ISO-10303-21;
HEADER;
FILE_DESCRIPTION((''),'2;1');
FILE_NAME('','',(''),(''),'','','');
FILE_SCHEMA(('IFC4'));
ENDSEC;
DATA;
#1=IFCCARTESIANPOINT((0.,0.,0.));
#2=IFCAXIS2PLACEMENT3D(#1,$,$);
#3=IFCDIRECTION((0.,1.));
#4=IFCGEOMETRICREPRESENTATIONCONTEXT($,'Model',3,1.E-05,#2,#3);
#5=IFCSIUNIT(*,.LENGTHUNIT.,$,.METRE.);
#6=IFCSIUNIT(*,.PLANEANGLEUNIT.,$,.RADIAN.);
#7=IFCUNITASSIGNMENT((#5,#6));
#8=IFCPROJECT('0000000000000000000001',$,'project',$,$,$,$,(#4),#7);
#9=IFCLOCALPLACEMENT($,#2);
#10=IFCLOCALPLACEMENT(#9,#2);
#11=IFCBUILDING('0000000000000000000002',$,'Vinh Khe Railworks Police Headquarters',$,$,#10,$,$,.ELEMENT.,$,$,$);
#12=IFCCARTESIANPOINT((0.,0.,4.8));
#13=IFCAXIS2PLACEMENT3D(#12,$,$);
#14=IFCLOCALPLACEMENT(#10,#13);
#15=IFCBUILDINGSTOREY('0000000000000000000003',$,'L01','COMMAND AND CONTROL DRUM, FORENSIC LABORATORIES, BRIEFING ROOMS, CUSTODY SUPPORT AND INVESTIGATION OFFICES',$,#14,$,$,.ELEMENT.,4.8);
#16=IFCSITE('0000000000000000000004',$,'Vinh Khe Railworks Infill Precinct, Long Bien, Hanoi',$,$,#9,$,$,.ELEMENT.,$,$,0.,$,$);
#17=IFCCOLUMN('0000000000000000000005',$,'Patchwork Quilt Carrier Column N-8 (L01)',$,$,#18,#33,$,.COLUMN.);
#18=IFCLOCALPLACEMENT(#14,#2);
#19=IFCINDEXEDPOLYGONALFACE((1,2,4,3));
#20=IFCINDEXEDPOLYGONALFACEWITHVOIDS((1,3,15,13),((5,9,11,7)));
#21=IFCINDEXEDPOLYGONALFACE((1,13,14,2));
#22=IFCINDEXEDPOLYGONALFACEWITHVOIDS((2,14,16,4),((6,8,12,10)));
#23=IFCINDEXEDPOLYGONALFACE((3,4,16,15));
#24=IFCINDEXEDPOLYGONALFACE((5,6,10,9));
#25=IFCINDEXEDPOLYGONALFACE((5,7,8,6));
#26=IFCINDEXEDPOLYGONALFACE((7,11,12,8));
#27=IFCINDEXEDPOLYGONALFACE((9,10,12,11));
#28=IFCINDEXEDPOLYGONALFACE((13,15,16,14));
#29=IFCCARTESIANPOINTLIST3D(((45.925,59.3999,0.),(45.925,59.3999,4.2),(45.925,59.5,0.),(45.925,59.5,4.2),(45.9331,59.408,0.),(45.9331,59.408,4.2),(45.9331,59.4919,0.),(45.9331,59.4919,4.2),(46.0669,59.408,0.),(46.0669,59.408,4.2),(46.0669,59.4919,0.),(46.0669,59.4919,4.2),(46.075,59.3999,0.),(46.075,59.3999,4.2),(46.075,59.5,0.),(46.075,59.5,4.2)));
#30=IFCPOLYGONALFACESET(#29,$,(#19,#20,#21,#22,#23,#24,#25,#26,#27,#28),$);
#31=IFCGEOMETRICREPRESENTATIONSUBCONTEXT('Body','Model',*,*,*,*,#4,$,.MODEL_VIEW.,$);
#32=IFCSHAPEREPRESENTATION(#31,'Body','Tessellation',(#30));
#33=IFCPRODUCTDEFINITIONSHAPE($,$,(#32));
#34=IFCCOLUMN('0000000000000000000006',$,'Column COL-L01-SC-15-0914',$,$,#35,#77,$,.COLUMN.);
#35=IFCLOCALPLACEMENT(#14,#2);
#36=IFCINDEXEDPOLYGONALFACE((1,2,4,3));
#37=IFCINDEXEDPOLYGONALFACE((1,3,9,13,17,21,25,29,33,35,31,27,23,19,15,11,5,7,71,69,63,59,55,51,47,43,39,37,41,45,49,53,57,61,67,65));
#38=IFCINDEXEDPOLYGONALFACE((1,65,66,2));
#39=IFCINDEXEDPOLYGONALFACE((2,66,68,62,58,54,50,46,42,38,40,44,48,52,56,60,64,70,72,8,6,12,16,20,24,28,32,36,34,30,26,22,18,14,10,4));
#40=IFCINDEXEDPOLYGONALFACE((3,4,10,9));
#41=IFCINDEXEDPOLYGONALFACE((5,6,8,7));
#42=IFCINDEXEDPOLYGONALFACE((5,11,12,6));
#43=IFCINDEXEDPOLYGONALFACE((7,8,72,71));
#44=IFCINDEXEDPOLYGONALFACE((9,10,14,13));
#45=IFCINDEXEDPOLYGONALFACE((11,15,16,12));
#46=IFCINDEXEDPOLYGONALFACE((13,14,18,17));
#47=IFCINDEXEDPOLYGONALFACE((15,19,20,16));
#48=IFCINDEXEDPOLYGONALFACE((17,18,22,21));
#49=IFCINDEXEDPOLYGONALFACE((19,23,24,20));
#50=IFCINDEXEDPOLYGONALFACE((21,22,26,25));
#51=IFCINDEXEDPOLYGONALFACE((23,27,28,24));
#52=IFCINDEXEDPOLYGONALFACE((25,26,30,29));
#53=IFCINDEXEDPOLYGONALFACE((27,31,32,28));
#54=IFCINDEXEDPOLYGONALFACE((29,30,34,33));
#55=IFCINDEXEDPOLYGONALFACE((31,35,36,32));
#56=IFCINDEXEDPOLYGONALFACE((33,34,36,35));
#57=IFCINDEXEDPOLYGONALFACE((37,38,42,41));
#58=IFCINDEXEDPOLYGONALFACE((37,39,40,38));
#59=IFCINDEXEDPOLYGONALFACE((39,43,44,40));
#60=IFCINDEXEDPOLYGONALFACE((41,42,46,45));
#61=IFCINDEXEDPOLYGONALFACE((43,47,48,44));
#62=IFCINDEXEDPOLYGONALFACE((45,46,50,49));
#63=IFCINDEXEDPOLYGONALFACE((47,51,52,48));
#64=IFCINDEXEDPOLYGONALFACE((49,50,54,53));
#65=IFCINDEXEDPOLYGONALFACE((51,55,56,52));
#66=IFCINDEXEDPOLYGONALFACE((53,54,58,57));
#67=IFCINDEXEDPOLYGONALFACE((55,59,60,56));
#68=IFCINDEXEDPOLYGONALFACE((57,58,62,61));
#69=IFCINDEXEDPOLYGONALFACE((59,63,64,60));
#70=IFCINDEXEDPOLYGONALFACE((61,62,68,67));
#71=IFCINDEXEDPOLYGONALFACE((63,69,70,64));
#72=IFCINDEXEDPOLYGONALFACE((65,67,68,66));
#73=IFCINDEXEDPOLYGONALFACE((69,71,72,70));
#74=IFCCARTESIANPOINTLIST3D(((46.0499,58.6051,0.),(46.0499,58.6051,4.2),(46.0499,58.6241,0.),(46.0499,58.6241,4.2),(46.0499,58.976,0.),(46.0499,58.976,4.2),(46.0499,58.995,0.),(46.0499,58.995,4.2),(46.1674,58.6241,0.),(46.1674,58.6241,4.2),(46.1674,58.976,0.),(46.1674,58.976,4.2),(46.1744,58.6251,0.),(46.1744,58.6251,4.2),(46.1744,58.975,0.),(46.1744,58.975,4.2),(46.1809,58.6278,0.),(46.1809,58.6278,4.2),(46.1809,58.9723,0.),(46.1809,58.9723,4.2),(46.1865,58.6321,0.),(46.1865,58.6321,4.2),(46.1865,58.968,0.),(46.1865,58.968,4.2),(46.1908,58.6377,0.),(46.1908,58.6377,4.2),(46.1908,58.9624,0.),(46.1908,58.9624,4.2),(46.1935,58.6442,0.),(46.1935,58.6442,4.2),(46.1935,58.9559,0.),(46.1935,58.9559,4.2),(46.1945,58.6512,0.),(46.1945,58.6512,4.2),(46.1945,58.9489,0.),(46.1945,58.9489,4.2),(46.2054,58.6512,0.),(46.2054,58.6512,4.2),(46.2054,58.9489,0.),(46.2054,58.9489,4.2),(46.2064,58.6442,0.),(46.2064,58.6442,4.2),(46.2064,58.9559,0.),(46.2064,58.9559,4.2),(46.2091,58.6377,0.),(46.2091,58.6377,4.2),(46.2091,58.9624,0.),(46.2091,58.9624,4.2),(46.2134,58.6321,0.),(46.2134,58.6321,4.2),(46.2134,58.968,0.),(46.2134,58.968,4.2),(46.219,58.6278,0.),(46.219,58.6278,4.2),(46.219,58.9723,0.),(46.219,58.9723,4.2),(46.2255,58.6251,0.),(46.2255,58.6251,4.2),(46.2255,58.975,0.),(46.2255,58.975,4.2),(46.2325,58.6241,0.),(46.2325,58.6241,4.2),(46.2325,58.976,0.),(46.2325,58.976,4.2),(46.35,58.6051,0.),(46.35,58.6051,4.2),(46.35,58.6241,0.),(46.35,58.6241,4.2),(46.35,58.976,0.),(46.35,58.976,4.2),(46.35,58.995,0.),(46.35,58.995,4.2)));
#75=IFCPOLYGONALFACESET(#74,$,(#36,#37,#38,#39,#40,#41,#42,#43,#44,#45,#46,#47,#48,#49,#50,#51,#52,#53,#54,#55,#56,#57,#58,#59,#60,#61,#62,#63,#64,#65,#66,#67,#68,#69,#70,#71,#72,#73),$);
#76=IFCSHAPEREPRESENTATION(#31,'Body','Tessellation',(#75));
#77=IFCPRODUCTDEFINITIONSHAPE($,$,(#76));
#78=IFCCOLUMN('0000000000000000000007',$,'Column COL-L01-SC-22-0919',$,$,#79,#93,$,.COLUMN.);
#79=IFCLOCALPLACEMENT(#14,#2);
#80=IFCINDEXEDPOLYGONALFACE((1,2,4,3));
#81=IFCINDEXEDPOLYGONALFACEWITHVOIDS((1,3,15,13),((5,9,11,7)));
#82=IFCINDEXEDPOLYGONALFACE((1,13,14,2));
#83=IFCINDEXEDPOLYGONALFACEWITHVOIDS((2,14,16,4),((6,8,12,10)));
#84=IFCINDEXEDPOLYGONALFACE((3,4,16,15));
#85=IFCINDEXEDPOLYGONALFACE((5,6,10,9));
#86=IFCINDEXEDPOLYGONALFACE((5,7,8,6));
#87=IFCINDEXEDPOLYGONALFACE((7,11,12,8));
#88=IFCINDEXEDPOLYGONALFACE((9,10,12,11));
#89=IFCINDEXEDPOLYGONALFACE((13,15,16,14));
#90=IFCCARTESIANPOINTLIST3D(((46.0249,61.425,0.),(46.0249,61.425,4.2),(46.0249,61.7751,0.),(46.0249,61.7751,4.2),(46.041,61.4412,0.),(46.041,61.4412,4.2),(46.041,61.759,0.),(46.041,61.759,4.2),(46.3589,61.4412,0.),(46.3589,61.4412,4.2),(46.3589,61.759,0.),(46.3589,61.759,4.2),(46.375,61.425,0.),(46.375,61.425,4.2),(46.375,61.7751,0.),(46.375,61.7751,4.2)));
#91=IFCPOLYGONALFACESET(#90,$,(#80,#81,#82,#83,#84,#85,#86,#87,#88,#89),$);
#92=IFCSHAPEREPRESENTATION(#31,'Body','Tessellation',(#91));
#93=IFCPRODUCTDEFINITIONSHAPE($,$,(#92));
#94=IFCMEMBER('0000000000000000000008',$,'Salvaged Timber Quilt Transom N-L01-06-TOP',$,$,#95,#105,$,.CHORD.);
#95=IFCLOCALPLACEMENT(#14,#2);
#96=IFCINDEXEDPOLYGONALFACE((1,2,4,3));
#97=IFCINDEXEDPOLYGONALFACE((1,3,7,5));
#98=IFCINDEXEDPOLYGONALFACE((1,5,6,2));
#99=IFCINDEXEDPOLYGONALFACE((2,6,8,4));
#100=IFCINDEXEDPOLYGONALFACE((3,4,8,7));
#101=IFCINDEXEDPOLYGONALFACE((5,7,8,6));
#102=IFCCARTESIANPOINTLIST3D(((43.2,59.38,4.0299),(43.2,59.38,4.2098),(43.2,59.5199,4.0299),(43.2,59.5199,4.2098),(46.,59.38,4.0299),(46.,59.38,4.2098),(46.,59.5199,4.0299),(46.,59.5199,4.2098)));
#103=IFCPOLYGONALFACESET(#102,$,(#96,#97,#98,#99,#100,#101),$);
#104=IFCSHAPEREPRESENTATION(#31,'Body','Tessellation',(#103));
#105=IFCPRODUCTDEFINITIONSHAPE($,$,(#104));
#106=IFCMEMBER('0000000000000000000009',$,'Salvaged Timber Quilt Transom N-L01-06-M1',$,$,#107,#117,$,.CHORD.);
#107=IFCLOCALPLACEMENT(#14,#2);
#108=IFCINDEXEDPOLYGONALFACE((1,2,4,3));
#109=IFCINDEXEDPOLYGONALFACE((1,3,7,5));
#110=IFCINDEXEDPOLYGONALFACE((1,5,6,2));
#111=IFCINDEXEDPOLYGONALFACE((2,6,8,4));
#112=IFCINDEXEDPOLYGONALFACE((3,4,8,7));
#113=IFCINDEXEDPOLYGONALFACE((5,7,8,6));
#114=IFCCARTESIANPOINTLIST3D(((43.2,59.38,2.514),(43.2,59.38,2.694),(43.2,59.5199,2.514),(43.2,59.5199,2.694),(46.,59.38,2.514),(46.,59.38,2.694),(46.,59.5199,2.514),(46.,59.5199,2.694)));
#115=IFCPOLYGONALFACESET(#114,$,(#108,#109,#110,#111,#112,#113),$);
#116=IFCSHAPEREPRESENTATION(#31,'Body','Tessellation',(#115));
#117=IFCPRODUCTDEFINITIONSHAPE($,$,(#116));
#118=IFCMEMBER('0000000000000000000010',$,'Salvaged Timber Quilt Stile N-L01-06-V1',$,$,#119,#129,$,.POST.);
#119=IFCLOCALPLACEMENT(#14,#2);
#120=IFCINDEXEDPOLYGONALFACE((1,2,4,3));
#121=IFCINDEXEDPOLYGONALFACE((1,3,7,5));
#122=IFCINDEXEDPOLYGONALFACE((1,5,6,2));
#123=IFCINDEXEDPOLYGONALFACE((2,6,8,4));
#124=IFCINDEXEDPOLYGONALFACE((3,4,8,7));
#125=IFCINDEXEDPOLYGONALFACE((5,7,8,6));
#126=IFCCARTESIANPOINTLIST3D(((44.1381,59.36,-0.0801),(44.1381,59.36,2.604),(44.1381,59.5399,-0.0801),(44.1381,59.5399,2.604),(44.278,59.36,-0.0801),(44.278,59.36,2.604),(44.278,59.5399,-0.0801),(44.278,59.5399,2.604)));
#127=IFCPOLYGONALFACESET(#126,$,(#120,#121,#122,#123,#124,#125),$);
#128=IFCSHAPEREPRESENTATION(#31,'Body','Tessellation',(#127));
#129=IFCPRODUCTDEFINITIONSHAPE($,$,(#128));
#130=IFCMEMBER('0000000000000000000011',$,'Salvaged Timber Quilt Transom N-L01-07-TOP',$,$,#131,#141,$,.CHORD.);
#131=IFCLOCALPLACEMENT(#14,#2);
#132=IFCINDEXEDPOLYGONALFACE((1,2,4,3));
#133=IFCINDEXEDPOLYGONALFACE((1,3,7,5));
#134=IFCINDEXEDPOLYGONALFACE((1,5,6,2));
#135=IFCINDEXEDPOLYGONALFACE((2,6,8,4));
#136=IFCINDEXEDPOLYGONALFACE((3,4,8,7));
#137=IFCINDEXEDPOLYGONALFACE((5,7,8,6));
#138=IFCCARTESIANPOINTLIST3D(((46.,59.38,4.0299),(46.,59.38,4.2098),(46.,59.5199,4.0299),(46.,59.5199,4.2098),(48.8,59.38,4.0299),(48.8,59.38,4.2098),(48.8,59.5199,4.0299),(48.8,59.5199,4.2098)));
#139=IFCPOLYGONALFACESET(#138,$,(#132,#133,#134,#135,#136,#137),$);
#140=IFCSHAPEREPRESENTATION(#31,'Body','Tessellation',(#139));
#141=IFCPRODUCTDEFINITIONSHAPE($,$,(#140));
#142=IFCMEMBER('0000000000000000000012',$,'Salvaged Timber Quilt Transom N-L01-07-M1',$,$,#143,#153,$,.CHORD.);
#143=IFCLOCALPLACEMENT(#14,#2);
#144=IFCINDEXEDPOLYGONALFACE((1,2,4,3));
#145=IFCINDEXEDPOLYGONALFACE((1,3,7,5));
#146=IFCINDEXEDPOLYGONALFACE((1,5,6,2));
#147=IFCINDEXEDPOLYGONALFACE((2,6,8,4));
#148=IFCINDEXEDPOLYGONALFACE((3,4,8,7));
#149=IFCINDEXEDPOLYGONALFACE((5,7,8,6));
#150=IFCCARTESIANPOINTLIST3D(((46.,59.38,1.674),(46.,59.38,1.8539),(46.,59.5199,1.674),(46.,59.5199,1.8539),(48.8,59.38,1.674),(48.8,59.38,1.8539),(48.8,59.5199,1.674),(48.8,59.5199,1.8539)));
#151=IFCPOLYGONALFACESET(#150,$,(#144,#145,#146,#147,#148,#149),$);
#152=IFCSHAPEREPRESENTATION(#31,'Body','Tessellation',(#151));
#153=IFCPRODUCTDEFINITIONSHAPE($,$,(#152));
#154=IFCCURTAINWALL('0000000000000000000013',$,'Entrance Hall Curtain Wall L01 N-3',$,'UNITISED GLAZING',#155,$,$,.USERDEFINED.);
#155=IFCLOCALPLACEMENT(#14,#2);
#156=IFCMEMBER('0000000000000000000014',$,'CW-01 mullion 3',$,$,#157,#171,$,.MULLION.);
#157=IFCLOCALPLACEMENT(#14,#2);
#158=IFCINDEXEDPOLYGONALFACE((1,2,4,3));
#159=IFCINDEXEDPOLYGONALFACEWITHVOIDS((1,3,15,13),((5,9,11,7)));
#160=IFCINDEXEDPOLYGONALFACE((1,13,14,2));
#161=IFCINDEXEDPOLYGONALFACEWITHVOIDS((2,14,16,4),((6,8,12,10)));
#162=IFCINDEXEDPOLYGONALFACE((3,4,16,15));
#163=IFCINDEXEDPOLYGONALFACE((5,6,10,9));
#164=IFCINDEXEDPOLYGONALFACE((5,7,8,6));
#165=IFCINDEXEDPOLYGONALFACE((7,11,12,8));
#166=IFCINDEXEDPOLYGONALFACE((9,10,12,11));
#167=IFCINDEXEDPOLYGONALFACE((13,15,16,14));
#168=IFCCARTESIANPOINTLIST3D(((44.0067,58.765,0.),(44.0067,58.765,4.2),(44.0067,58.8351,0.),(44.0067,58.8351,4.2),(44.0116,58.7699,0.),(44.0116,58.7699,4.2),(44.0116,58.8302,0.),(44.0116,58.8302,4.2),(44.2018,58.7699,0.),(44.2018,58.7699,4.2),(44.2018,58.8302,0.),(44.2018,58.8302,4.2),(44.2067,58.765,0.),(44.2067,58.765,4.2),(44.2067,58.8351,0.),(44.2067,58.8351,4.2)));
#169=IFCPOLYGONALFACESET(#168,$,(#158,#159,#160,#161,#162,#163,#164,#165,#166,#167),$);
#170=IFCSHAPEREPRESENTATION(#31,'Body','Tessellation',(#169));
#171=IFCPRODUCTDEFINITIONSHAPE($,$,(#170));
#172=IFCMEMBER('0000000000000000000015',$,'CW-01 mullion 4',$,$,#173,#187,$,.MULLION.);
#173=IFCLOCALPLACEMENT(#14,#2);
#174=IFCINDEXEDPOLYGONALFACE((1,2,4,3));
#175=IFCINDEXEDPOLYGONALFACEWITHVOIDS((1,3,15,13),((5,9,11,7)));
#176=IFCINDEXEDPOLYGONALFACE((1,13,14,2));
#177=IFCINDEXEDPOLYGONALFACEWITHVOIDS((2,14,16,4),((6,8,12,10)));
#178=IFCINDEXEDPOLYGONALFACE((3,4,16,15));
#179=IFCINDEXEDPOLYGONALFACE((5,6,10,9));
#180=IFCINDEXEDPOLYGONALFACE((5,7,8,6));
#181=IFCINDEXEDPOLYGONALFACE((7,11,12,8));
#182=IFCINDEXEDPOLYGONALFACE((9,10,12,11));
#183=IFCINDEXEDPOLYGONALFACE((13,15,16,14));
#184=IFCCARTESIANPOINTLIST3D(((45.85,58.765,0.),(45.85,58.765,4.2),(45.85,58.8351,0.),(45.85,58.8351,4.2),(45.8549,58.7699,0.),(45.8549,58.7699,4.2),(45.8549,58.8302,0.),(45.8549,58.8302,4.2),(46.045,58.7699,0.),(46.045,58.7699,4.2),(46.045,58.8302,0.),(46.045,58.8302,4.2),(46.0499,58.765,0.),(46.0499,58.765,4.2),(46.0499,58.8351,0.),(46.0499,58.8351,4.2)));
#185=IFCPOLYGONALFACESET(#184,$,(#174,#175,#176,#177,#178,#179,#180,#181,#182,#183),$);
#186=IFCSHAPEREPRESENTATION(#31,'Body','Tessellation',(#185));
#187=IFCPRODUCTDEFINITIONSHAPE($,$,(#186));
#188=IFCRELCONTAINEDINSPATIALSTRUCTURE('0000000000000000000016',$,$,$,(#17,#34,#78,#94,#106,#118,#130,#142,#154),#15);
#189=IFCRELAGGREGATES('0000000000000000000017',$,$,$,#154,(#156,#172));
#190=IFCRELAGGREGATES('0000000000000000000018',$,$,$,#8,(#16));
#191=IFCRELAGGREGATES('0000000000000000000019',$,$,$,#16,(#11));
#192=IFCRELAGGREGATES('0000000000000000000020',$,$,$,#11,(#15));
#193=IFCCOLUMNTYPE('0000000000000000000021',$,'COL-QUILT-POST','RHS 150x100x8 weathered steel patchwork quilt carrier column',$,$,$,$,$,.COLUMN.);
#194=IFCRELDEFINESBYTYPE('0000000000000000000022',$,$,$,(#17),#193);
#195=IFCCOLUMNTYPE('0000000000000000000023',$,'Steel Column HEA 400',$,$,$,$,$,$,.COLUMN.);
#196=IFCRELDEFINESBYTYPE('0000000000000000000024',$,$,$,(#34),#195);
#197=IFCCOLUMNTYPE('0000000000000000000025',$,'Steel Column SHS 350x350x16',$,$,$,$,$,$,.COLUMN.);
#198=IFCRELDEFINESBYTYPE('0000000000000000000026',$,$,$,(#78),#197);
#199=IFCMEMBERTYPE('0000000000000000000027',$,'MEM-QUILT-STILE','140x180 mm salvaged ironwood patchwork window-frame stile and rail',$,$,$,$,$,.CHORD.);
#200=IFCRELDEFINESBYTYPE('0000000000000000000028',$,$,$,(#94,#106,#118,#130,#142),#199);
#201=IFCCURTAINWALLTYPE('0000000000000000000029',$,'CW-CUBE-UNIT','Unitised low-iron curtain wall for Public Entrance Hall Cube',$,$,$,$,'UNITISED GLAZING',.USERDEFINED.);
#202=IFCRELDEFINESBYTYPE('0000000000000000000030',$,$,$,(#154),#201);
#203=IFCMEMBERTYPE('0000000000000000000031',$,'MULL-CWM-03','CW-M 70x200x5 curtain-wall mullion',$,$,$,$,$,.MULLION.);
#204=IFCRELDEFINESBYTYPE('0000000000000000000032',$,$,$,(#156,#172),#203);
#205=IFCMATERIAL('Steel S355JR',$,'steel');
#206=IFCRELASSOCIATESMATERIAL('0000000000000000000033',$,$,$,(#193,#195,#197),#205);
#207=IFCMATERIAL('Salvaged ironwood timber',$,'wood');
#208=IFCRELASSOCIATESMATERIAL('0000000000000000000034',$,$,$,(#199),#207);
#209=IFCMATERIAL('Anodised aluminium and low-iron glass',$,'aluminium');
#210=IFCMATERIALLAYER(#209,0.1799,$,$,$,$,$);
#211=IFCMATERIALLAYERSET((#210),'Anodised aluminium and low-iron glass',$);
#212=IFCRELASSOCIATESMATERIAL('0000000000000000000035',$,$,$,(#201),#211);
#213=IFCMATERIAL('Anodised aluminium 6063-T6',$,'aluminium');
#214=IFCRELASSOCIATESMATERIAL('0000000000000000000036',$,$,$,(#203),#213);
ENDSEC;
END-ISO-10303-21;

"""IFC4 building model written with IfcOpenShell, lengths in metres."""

from ifc_helpers import new_model, si_unit, direction, frame, origin, origin_2d, place, context, subcontext, project, spatial, rectangle, hollow_rectangle, i_section, extrude, material, layer, layer_set, material_profile, profile_set, type_object, element, aggregate, save


model = new_model("IFC4")

# Units and contexts
model_context = context("Model", 3, precision=1e-05, world=origin(), true_north=direction((0.0, 1.0)))
body_context = subcontext(model_context, "Body", "Model", "MODEL_VIEW")
ifc_project = project(units=[si_unit("LENGTHUNIT", "METRE"), si_unit("PLANEANGLEUNIT", "RADIAN")], contexts=[model_context])

# Site, building, storey
site_placement = place(None, origin())
site = spatial("IfcSite", under=ifc_project, at=site_placement, Name="Vinh Khe Railworks Infill Precinct, Long Bien, Hanoi", CompositionType="ELEMENT", RefElevation=0.0)
building_placement = place(site_placement, origin())
building = spatial("IfcBuilding", under=site, at=building_placement, Name="Vinh Khe Railworks Police Headquarters", CompositionType="ELEMENT")
storey_placement = place(building_placement, frame((0.0, 0.0, 4.8)))
storey = spatial("IfcBuildingStorey", under=building, at=storey_placement, Name="L01", Description="COMMAND AND CONTROL DRUM, FORENSIC LABORATORIES, BRIEFING ROOMS, CUSTODY SUPPORT AND INVESTIGATION OFFICES", CompositionType="ELEMENT", Elevation=4.8)

# Columns
ifc_material_1 = material(Name="Steel S355JR", Category="steel")
ifc_material_profile_1 = material_profile(ifc_material_1, hollow_rectangle(XDim=0.1499, YDim=0.1001, WallThickness=0.0081, at=origin_2d()), Name="RHS 150x100x8")
ifc_profile_set_1 = profile_set([ifc_material_profile_1], Name="Steel S355JR")
column_type_1 = type_object("IfcColumnType", Name="COL-QUILT-POST", Description="RHS 150x100x8 weathered steel patchwork quilt carrier column", PredefinedType="COLUMN", material=ifc_profile_set_1)
column_1_placement = place(storey_placement, frame((46.0, 59.45, 0.0), z_axis=(0.0, 0.0, 1.0), x_axis=(1.0, 0.0, 0.0)))
element("IfcColumn", 1, at=column_1_placement, inside=storey, type_object=column_type_1, Name="Patchwork Quilt Carrier Column N-8 (L01)", PredefinedType="COLUMN", context=body_context, shape_type="SweptSolid", body=[
    extrude(hollow_rectangle(XDim=0.1499, YDim=0.1001, WallThickness=0.0081, at=origin_2d()), origin(), (0.0, 0.0, 1.0), 4.2),
])
ifc_material_profile_2 = material_profile(ifc_material_1, i_section(OverallWidth=0.3, OverallDepth=0.3899, WebThickness=0.011, FlangeThickness=0.019, FilletRadius=0.0271, at=origin_2d()), Name="HEA 400")
ifc_profile_set_2 = profile_set([ifc_material_profile_2], Name="Steel S355JR")
column_type_2 = type_object("IfcColumnType", Name="Steel Column HEA 400", PredefinedType="COLUMN", material=ifc_profile_set_2)
column_2_placement = place(storey_placement, frame((46.2, 58.8, 0.0), z_axis=(0.0, 0.0, 1.0), x_axis=(1.0, 0.0, 0.0)))
element("IfcColumn", 2, at=column_2_placement, inside=storey, type_object=column_type_2, Name="Column COL-L01-SC-15-0914", PredefinedType="COLUMN", context=body_context, shape_type="SweptSolid", body=[
    extrude(i_section(OverallWidth=0.3, OverallDepth=0.3899, WebThickness=0.011, FlangeThickness=0.019, FilletRadius=0.0271, at=origin_2d()), origin(), (0.0, 0.0, 1.0), 4.2),
])
ifc_material_profile_3 = material_profile(ifc_material_1, hollow_rectangle(XDim=0.3501, YDim=0.3501, WallThickness=0.0161, at=origin_2d()), Name="SHS 350x350x16")
ifc_profile_set_3 = profile_set([ifc_material_profile_3], Name="Steel S355JR")
column_type_3 = type_object("IfcColumnType", Name="Steel Column SHS 350x350x16", PredefinedType="COLUMN", material=ifc_profile_set_3)
column_3_placement = place(storey_placement, frame((46.2, 61.6001, 0.0), z_axis=(0.0, 0.0, 1.0), x_axis=(1.0, 0.0, 0.0)))
element("IfcColumn", 3, at=column_3_placement, inside=storey, type_object=column_type_3, Name="Column COL-L01-SC-22-0919", PredefinedType="COLUMN", context=body_context, shape_type="SweptSolid", body=[
    extrude(hollow_rectangle(XDim=0.3501, YDim=0.3501, WallThickness=0.0161, at=origin_2d()), origin(), (0.0, 0.0, 1.0), 4.2),
])

# Members
ifc_material_2 = material(Name="Salvaged ironwood timber", Category="wood")
ifc_material_profile_4 = material_profile(ifc_material_2, rectangle(XDim=0.1399, YDim=0.1799, at=origin_2d()), Name="TIMBER 140x180")
ifc_profile_set_4 = profile_set([ifc_material_profile_4], Name="Salvaged ironwood timber")
member_type_1 = type_object("IfcMemberType", Name="MEM-QUILT-STILE", Description="140x180 mm salvaged ironwood patchwork window-frame stile and rail", PredefinedType="CHORD", material=ifc_profile_set_4)
for number, where, z_axis, x_axis, name in (
    (4, (43.2, 59.45, 4.1199), (1.0, 0.0, 0.0), (0.0, 1.0, 0.0), "Salvaged Timber Quilt Transom N-L01-06-TOP"),
    (5, (43.2, 59.45, 2.604), (1.0, 0.0, 0.0), (0.0, 1.0, 0.0), "Salvaged Timber Quilt Transom N-L01-06-M1"),
):
    element("IfcMember", number, at=place(storey_placement, frame(where, z_axis=z_axis, x_axis=x_axis)), inside=storey, type_object=member_type_1, Name=name, PredefinedType="CHORD", context=body_context, shape_type="SweptSolid", body=[
        extrude(rectangle(XDim=0.1399, YDim=0.1799, at=origin_2d()), origin(), (0.0, 0.0, 1.0), 2.8),
    ])
member_1_placement = place(storey_placement, frame((44.208, 59.45, -0.0801), z_axis=(0.0, 0.0, 1.0), x_axis=(1.0, 0.0, 0.0)))
element("IfcMember", 6, at=member_1_placement, inside=storey, type_object=member_type_1, Name="Salvaged Timber Quilt Stile N-L01-06-V1", PredefinedType="POST", context=body_context, shape_type="SweptSolid", body=[
    extrude(rectangle(XDim=0.1399, YDim=0.1799, at=origin_2d()), origin(), (0.0, 0.0, 1.0), 2.6841),
])
for number, where, z_axis, x_axis, name in (
    (7, (46.0, 59.45, 4.1199), (1.0, 0.0, 0.0), (0.0, 1.0, 0.0), "Salvaged Timber Quilt Transom N-L01-07-TOP"),
    (8, (46.0, 59.45, 1.7639), (1.0, 0.0, 0.0), (0.0, 1.0, 0.0), "Salvaged Timber Quilt Transom N-L01-07-M1"),
):
    element("IfcMember", number, at=place(storey_placement, frame(where, z_axis=z_axis, x_axis=x_axis)), inside=storey, type_object=member_type_1, Name=name, PredefinedType="CHORD", context=body_context, shape_type="SweptSolid", body=[
        extrude(rectangle(XDim=0.1399, YDim=0.1799, at=origin_2d()), origin(), (0.0, 0.0, 1.0), 2.8),
    ])

# Curtain wall, members
ifc_material_3 = material(Name="Anodised aluminium and low-iron glass", Category="aluminium")
ifc_layer_1 = layer(ifc_material_3, 0.1799)
ifc_layer_set_1 = layer_set([ifc_layer_1], Name="Anodised aluminium and low-iron glass")
curtain_wall_type = type_object("IfcCurtainWallType", Name="CW-CUBE-UNIT", Description="Unitised low-iron curtain wall for Public Entrance Hall Cube", ElementType="UNITISED GLAZING", PredefinedType="USERDEFINED", material=ifc_layer_set_1)
curtain_wall_1_placement = place(storey_placement, origin())
curtain_wall_1 = element("IfcCurtainWall", 9, at=curtain_wall_1_placement, inside=storey, type_object=curtain_wall_type, Name="Entrance Hall Curtain Wall L01 N-3", ObjectType="UNITISED GLAZING", PredefinedType="USERDEFINED")
ifc_material_4 = material(Name="Anodised aluminium 6063-T6", Category="aluminium")
ifc_material_profile_5 = material_profile(ifc_material_4, hollow_rectangle(XDim=0.0701, YDim=0.2, WallThickness=0.0049, at=origin_2d()), Name="CW-M 70x200x5")
ifc_profile_set_5 = profile_set([ifc_material_profile_5], Name="Anodised aluminium 6063-T6")
member_type_2 = type_object("IfcMemberType", Name="MULL-CWM-03", Description="CW-M 70x200x5 curtain-wall mullion", PredefinedType="MULLION", material=ifc_profile_set_5)
member_2_placement = place(storey_placement, frame((44.1067, 58.8, 0.0), z_axis=(0.0, 0.0, 1.0), x_axis=(0.0, 1.0, 0.0)))
member_2 = element("IfcMember", 10, at=member_2_placement, type_object=member_type_2, Name="CW-01 mullion 3", PredefinedType="MULLION", context=body_context, shape_type="SweptSolid", body=[
    extrude(hollow_rectangle(XDim=0.0701, YDim=0.2, WallThickness=0.0049, at=origin_2d()), origin(), (0.0, 0.0, 1.0), 4.2),
])
member_3_placement = place(storey_placement, frame((45.95, 58.8, 0.0), z_axis=(0.0, 0.0, 1.0), x_axis=(0.0, 1.0, 0.0)))
member_3 = element("IfcMember", 11, at=member_3_placement, type_object=member_type_2, Name="CW-01 mullion 4", PredefinedType="MULLION", context=body_context, shape_type="SweptSolid", body=[
    extrude(hollow_rectangle(XDim=0.0701, YDim=0.2, WallThickness=0.0049, at=origin_2d()), origin(), (0.0, 0.0, 1.0), 4.2),
])

aggregate(curtain_wall_1, [member_2, member_3])

save(model, "model.ifc")
